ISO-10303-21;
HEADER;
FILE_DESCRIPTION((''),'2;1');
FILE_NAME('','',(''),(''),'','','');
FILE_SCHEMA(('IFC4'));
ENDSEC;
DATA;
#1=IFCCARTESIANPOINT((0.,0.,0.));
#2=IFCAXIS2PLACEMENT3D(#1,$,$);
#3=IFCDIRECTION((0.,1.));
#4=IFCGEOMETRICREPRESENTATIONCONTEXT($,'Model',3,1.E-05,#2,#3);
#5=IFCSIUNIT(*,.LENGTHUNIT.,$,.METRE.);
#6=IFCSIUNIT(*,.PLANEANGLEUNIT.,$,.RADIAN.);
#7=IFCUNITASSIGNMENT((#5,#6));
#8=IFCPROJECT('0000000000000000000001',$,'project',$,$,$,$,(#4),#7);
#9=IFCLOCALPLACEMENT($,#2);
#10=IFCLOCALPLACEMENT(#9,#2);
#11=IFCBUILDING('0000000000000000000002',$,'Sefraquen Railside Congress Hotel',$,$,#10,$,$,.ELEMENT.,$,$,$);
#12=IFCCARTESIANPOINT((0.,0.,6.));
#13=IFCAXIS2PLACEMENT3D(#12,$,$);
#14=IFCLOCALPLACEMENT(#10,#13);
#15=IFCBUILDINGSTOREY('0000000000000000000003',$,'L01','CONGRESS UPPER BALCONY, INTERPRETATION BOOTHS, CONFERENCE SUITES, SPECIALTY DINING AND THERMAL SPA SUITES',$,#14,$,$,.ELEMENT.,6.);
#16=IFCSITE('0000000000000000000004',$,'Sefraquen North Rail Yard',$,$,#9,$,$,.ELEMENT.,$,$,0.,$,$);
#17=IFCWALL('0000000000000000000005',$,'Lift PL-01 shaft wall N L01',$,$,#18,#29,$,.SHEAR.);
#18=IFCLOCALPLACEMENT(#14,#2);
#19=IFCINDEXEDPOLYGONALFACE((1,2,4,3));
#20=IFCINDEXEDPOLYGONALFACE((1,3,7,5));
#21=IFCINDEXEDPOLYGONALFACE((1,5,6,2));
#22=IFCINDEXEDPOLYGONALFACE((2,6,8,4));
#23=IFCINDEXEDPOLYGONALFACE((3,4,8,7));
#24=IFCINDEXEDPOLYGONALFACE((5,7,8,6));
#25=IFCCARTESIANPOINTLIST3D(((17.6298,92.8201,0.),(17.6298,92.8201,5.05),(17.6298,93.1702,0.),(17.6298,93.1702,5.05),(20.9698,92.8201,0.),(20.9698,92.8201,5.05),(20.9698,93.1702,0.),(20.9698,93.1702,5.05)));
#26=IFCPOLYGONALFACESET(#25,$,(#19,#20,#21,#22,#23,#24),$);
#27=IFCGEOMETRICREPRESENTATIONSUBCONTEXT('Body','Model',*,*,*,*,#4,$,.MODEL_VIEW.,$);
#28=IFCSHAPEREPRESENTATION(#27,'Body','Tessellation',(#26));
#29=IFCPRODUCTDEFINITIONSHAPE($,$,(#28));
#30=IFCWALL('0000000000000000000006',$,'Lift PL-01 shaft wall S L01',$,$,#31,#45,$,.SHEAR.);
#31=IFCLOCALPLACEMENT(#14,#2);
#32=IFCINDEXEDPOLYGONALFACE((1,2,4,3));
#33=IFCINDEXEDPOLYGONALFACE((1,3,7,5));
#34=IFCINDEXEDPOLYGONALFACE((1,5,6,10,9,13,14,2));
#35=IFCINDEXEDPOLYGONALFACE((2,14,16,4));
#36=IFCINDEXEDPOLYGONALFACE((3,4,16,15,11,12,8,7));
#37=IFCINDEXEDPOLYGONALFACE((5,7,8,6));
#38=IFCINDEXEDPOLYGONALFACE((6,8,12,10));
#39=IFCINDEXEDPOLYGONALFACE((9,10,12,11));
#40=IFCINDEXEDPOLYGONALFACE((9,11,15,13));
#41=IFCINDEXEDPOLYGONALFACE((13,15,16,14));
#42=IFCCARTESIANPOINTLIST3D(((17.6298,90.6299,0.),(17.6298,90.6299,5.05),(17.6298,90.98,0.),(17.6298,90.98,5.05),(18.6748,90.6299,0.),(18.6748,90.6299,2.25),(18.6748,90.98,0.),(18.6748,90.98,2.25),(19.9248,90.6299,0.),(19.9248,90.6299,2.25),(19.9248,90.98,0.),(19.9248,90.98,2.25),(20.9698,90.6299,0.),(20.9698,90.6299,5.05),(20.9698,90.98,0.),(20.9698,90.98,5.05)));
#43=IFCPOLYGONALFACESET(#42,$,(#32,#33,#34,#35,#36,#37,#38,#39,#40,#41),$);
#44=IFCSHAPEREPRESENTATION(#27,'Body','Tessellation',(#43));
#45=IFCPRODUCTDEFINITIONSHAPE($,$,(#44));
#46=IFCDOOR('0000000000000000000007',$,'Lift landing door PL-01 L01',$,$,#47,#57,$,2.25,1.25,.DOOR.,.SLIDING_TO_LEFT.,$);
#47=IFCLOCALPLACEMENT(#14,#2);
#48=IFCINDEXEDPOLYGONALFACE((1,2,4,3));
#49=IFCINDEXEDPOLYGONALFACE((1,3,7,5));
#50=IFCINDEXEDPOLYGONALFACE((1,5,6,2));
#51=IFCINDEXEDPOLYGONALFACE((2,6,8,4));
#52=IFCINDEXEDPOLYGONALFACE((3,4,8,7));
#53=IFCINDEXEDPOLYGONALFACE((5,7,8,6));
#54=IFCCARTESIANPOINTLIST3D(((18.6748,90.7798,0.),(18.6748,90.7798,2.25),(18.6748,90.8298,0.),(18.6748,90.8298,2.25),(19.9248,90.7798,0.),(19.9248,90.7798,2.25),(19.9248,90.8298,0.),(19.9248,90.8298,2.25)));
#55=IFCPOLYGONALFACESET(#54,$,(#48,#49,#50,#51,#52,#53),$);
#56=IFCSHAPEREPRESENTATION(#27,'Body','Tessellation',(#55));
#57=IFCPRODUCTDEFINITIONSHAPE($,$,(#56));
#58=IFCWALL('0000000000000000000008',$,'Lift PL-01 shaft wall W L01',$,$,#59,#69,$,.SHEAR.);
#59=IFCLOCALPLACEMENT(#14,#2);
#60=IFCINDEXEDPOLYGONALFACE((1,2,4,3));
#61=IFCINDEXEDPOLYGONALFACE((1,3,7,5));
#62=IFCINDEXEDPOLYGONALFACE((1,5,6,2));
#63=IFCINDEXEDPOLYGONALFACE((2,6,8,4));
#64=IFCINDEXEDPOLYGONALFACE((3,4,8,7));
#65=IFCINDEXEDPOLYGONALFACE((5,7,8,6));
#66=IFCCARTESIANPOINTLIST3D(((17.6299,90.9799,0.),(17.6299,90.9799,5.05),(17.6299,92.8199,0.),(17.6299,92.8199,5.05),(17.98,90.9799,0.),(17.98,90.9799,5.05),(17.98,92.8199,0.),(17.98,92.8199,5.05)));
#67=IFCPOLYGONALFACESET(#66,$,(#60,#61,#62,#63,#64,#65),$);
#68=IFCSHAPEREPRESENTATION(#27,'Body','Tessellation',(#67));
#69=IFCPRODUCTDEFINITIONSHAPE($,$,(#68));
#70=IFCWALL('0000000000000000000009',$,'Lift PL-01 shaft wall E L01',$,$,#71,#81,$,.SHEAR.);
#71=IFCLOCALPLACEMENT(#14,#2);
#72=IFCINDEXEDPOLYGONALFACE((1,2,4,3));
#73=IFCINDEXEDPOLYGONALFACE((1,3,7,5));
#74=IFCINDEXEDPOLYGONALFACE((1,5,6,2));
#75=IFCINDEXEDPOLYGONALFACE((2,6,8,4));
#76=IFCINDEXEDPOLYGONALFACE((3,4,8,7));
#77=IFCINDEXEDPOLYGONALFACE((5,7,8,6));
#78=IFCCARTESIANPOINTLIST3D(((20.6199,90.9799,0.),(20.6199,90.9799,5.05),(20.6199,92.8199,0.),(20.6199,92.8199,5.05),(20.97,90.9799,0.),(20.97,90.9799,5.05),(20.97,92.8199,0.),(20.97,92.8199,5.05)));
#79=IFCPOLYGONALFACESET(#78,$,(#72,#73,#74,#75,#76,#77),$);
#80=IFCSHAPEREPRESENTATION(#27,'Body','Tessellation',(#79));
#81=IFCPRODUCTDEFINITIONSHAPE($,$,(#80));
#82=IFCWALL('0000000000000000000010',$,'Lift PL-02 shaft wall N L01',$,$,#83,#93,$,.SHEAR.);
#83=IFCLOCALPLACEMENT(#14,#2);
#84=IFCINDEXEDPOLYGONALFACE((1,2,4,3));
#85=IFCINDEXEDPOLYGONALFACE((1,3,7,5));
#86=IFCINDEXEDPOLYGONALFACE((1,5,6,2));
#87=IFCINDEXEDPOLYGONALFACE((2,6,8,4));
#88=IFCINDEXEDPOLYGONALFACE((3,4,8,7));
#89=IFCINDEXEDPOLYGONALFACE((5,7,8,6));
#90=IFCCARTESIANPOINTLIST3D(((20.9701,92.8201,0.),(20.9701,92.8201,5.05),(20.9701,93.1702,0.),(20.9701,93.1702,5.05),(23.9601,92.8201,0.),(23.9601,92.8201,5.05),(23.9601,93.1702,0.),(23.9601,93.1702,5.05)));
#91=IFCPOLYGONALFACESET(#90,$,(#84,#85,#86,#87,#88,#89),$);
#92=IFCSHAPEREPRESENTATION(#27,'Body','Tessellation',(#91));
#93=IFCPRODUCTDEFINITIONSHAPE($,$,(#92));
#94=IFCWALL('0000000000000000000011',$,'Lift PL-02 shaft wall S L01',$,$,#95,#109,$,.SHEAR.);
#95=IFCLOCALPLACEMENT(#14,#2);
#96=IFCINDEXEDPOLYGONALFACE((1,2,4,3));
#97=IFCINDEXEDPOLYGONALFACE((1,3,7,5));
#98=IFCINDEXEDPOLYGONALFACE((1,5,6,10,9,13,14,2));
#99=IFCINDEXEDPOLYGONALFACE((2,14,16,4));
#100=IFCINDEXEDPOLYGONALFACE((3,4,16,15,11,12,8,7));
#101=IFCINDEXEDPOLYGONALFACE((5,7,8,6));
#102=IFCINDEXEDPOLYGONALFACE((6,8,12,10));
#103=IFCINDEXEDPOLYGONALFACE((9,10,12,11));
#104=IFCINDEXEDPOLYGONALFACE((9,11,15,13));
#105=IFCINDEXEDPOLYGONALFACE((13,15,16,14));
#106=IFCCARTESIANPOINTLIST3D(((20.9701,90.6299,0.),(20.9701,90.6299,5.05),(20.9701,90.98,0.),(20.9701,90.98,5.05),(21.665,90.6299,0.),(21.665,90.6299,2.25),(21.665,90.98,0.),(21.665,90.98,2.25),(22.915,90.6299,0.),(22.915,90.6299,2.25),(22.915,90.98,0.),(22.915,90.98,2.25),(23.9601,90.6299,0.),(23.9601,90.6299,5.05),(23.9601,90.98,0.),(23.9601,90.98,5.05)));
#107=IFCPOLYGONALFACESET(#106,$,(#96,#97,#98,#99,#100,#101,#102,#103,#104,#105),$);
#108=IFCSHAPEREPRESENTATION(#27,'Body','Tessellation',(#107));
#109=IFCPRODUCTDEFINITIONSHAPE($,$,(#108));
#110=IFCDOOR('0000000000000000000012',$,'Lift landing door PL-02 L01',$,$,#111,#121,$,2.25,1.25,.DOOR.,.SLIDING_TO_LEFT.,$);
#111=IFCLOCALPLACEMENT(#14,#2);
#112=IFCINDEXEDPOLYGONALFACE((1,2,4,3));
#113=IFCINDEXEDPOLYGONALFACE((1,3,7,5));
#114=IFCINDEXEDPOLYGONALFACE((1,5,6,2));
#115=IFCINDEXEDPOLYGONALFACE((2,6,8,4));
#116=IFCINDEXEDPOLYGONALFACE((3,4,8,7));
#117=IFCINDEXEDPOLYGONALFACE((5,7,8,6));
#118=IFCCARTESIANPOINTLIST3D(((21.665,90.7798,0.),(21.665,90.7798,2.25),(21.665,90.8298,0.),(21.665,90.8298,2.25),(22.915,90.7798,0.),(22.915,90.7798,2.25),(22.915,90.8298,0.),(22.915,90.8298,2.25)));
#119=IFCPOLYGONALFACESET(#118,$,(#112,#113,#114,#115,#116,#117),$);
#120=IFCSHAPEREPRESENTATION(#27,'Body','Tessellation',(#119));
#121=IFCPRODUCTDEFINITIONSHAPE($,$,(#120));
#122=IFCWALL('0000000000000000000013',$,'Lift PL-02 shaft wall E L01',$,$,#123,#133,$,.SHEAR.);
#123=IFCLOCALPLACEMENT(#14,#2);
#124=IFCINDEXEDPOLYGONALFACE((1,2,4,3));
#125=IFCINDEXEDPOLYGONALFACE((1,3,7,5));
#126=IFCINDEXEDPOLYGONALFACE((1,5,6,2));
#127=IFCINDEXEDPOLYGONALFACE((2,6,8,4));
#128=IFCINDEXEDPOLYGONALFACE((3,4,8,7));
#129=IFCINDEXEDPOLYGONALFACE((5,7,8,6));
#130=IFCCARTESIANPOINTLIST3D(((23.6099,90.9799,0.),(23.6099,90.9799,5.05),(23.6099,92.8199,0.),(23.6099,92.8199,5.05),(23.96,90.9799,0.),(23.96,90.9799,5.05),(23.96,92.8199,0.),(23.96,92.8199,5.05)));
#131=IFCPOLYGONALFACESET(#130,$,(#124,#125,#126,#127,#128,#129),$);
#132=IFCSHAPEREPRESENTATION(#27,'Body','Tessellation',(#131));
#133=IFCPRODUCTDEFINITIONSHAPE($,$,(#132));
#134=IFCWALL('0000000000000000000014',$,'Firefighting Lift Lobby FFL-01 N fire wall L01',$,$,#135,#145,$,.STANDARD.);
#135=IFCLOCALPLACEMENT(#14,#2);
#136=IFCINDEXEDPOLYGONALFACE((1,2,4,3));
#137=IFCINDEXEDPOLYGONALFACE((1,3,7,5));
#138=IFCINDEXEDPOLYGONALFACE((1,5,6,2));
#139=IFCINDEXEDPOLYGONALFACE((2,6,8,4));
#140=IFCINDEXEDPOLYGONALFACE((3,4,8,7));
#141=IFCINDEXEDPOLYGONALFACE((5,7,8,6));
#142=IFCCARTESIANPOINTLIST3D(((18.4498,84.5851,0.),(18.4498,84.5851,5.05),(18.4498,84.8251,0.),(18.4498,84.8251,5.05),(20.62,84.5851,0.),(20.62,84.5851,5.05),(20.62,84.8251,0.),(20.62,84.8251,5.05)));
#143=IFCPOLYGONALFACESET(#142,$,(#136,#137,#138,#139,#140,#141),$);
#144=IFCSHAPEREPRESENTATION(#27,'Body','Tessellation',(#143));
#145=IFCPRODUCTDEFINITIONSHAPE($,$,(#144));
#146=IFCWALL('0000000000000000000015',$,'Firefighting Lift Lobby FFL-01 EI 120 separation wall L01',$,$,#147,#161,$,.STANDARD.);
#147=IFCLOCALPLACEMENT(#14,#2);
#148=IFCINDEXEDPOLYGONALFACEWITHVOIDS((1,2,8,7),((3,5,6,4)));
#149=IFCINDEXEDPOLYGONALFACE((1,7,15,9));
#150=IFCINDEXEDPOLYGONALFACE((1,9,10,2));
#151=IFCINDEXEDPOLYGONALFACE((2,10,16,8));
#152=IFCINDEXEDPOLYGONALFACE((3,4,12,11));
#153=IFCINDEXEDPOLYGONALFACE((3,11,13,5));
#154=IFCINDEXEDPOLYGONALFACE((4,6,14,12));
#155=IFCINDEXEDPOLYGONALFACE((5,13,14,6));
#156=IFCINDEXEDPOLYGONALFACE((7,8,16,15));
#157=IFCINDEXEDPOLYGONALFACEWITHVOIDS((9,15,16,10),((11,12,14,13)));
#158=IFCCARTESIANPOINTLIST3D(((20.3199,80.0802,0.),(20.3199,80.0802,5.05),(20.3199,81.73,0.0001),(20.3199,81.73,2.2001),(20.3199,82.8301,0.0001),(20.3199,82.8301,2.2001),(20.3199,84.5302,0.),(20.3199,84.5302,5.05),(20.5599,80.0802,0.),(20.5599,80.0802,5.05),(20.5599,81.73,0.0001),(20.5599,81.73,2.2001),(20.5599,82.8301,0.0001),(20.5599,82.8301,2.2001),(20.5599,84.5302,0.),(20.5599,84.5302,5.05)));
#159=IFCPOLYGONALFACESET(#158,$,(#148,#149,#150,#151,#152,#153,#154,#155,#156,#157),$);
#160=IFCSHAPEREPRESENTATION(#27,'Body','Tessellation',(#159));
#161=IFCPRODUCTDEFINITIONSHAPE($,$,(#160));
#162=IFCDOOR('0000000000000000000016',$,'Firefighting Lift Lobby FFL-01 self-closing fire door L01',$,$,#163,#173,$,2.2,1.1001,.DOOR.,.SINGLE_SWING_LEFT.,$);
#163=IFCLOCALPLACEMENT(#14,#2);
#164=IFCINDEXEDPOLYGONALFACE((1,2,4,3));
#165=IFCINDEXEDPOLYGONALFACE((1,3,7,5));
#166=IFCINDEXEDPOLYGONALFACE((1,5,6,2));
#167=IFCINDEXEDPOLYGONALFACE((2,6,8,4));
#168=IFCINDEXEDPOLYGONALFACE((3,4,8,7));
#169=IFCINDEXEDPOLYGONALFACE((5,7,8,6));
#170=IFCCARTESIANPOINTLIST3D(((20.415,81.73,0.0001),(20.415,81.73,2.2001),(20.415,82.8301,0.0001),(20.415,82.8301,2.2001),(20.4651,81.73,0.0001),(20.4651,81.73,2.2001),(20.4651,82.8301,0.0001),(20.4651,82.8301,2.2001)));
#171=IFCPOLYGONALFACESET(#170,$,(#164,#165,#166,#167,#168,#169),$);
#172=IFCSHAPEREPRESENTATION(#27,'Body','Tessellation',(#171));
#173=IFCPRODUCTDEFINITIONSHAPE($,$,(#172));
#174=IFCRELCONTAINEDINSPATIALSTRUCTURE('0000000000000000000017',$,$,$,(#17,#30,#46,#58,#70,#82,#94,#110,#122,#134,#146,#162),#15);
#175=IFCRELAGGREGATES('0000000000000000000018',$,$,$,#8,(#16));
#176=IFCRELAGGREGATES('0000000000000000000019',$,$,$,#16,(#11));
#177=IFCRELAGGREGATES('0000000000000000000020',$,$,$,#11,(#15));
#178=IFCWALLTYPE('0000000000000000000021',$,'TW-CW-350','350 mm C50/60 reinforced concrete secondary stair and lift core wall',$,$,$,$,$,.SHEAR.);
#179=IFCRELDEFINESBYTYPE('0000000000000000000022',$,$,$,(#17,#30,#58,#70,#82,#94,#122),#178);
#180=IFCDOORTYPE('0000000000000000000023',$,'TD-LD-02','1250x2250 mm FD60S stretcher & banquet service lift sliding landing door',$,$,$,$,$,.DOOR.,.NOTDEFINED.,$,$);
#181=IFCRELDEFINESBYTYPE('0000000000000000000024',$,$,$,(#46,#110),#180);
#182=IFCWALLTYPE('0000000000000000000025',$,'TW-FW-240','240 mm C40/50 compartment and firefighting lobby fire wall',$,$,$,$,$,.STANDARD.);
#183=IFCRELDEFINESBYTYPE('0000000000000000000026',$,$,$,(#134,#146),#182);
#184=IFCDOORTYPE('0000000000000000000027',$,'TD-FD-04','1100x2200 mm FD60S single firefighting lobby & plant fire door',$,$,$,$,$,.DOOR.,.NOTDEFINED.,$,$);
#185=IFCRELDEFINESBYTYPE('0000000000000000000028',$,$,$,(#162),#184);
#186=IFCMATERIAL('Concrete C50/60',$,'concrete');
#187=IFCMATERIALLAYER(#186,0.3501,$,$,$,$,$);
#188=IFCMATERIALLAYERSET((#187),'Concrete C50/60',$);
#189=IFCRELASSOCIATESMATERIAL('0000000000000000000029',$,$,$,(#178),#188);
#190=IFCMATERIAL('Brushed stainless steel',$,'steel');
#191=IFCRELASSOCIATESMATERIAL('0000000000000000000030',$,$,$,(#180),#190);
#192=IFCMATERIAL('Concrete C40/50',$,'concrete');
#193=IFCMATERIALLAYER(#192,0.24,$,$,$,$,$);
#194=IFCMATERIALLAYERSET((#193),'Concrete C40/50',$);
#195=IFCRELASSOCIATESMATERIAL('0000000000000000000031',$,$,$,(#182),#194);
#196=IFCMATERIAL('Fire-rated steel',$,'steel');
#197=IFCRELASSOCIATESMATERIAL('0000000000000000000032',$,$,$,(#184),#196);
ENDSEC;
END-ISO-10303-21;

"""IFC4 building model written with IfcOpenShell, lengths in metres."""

from ifc_helpers import new_model, si_unit, direction, frame, frame_2d, origin, place, context, subcontext, project, spatial, rectangle, extrude, material, layer, layer_set, type_object, element, fill, save


model = new_model("IFC4")

# Units and contexts
model_context = context("Model", 3, precision=1e-05, world=origin(), true_north=direction((0.0, 1.0)))
body_context = subcontext(model_context, "Body", "Model", "MODEL_VIEW")
ifc_project = project(units=[si_unit("LENGTHUNIT", "METRE"), si_unit("PLANEANGLEUNIT", "RADIAN")], contexts=[model_context])

# Site, building, storey
site_placement = place(None, origin())
site = spatial("IfcSite", under=ifc_project, at=site_placement, Name="Sefraquen North Rail Yard", CompositionType="ELEMENT", RefElevation=0.0)
building_placement = place(site_placement, origin())
building = spatial("IfcBuilding", under=site, at=building_placement, Name="Sefraquen Railside Congress Hotel", CompositionType="ELEMENT")
storey_placement = place(building_placement, frame((0.0, 0.0, 6.0)))
storey = spatial("IfcBuildingStorey", under=building, at=storey_placement, Name="L01", Description="CONGRESS UPPER BALCONY, INTERPRETATION BOOTHS, CONFERENCE SUITES, SPECIALTY DINING AND THERMAL SPA SUITES", CompositionType="ELEMENT", Elevation=6.0)

# Wall
ifc_material_1 = material(Name="Concrete C50/60", Category="concrete")
ifc_layer_1 = layer(ifc_material_1, 0.3501)
ifc_layer_set_1 = layer_set([ifc_layer_1], Name="Concrete C50/60")
wall_type_1 = type_object("IfcWallType", Name="TW-CW-350", Description="350 mm C50/60 reinforced concrete secondary stair and lift core wall", PredefinedType="SHEAR", material=ifc_layer_set_1)
wall_1_placement = place(storey_placement, frame((17.6299, 92.9951, 0.0), z_axis=(0.0, 0.0, 1.0), x_axis=(1.0, 0.0, 0.0)))
element("IfcWall", 1, at=wall_1_placement, inside=storey, type_object=wall_type_1, Name="Lift PL-01 shaft wall N L01", PredefinedType="SHEAR", context=body_context, shape_type="SweptSolid", body=[
    extrude(rectangle(XDim=3.3401, YDim=0.3501, at=frame_2d((1.6699, 0.0))), origin(), (0.0, 0.0, 1.0), 5.05),
])

# Wall, opening, door
wall_2_placement = place(storey_placement, frame((17.6299, 90.8049, 0.0), z_axis=(0.0, 0.0, 1.0), x_axis=(1.0, 0.0, 0.0)))
wall_2 = element("IfcWall", 2, at=wall_2_placement, inside=storey, type_object=wall_type_1, Name="Lift PL-01 shaft wall S L01", PredefinedType="SHEAR", context=body_context, shape_type="SweptSolid", body=[
    extrude(rectangle(XDim=3.3401, YDim=0.3501, at=frame_2d((1.6699, 0.0))), origin(), (0.0, 0.0, 1.0), 5.05),
])
opening_1_placement = place(wall_2_placement, frame((1.0449, 0.0, 0.0)))
opening_1 = element("IfcOpeningElement", 3, at=opening_1_placement, cuts=wall_2, PredefinedType="OPENING", context=body_context, shape_type="SweptSolid", body=[
    extrude(rectangle(XDim=1.25, YDim=2.25, at=frame_2d((0.625, 1.125))), frame((0.0, 0.1851, 0.0), z_axis=(0.0, -1.0, 0.0), x_axis=(1.0, 0.0, 0.0)), (0.0, 0.0, 1.0), 0.3701),
])
ifc_material_2 = material(Name="Brushed stainless steel", Category="steel")
door_type_1 = type_object("IfcDoorType", Name="TD-LD-02", Description="1250x2250 mm FD60S stretcher & banquet service lift sliding landing door", OperationType="NOTDEFINED", PredefinedType="DOOR", material=ifc_material_2)
door_1_placement = place(opening_1_placement, origin())
door_1 = element("IfcDoor", 4, at=door_1_placement, inside=storey, type_object=door_type_1, Name="Lift landing door PL-01 L01", OperationType="SLIDING_TO_LEFT", OverallHeight=2.25, OverallWidth=1.25, PredefinedType="DOOR", context=body_context, shape_type="SweptSolid", body=[
    extrude(rectangle(XDim=1.25, YDim=2.25, at=frame_2d((0.625, 1.125))), frame((0.0, 0.0249, 0.0), z_axis=(0.0, -1.0, 0.0), x_axis=(1.0, 0.0, 0.0)), (0.0, 0.0, 1.0), 0.05),
])
fill(opening_1, door_1)

# Walls
for number, where, z_axis, x_axis, name in (
    (5, (17.8049, 90.98, 0.0), (0.0, 0.0, 1.0), (0.0, 1.0, 0.0), "Lift PL-01 shaft wall W L01"),
    (6, (20.7949, 90.98, 0.0), (0.0, 0.0, 1.0), (0.0, 1.0, 0.0), "Lift PL-01 shaft wall E L01"),
):
    element("IfcWall", number, at=place(storey_placement, frame(where, z_axis=z_axis, x_axis=x_axis)), inside=storey, type_object=wall_type_1, Name=name, PredefinedType="SHEAR", context=body_context, shape_type="SweptSolid", body=[
        extrude(rectangle(XDim=1.8401, YDim=0.3501, at=frame_2d((0.9199, 0.0))), origin(), (0.0, 0.0, 1.0), 5.05),
    ])
wall_3_placement = place(storey_placement, frame((20.97, 92.9951, 0.0), z_axis=(0.0, 0.0, 1.0), x_axis=(1.0, 0.0, 0.0)))
element("IfcWall", 7, at=wall_3_placement, inside=storey, type_object=wall_type_1, Name="Lift PL-02 shaft wall N L01", PredefinedType="SHEAR", context=body_context, shape_type="SweptSolid", body=[
    extrude(rectangle(XDim=2.99, YDim=0.3501, at=frame_2d((1.4951, 0.0))), origin(), (0.0, 0.0, 1.0), 5.05),
])

# Wall, opening, door
wall_4_placement = place(storey_placement, frame((20.97, 90.8049, 0.0), z_axis=(0.0, 0.0, 1.0), x_axis=(1.0, 0.0, 0.0)))
wall_4 = element("IfcWall", 8, at=wall_4_placement, inside=storey, type_object=wall_type_1, Name="Lift PL-02 shaft wall S L01", PredefinedType="SHEAR", context=body_context, shape_type="SweptSolid", body=[
    extrude(rectangle(XDim=2.99, YDim=0.3501, at=frame_2d((1.4951, 0.0))), origin(), (0.0, 0.0, 1.0), 5.05),
])
opening_2_placement = place(wall_4_placement, frame((0.6951, 0.0, 0.0)))
opening_2 = element("IfcOpeningElement", 9, at=opening_2_placement, cuts=wall_4, PredefinedType="OPENING", context=body_context, shape_type="SweptSolid", body=[
    extrude(rectangle(XDim=1.25, YDim=2.25, at=frame_2d((0.625, 1.125))), frame((0.0, 0.1851, 0.0), z_axis=(0.0, -1.0, 0.0), x_axis=(1.0, 0.0, 0.0)), (0.0, 0.0, 1.0), 0.3701),
])
door_2_placement = place(opening_2_placement, origin())
door_2 = element("IfcDoor", 10, at=door_2_placement, inside=storey, type_object=door_type_1, Name="Lift landing door PL-02 L01", OperationType="SLIDING_TO_LEFT", OverallHeight=2.25, OverallWidth=1.25, PredefinedType="DOOR", context=body_context, shape_type="SweptSolid", body=[
    extrude(rectangle(XDim=1.25, YDim=2.25, at=frame_2d((0.625, 1.125))), frame((0.0, 0.0249, 0.0), z_axis=(0.0, -1.0, 0.0), x_axis=(1.0, 0.0, 0.0)), (0.0, 0.0, 1.0), 0.05),
])
fill(opening_2, door_2)

# Walls
wall_5_placement = place(storey_placement, frame((23.7849, 90.98, 0.0), z_axis=(0.0, 0.0, 1.0), x_axis=(0.0, 1.0, 0.0)))
element("IfcWall", 11, at=wall_5_placement, inside=storey, type_object=wall_type_1, Name="Lift PL-02 shaft wall E L01", PredefinedType="SHEAR", context=body_context, shape_type="SweptSolid", body=[
    extrude(rectangle(XDim=1.8401, YDim=0.3501, at=frame_2d((0.9199, 0.0))), origin(), (0.0, 0.0, 1.0), 5.05),
])
ifc_material_3 = material(Name="Concrete C40/50", Category="concrete")
ifc_layer_2 = layer(ifc_material_3, 0.24)
ifc_layer_set_2 = layer_set([ifc_layer_2], Name="Concrete C40/50")
wall_type_2 = type_object("IfcWallType", Name="TW-FW-240", Description="240 mm C40/50 compartment and firefighting lobby fire wall", PredefinedType="STANDARD", material=ifc_layer_set_2)
wall_6_placement = place(storey_placement, frame((18.45, 84.7051, 0.0), z_axis=(0.0, 0.0, 1.0), x_axis=(1.0, 0.0, 0.0)))
element("IfcWall", 12, at=wall_6_placement, inside=storey, type_object=wall_type_2, Name="Firefighting Lift Lobby FFL-01 N fire wall L01", PredefinedType="STANDARD", context=body_context, shape_type="SweptSolid", body=[
    extrude(rectangle(XDim=2.1702, YDim=0.24, at=frame_2d((1.085, 0.0))), origin(), (0.0, 0.0, 1.0), 5.05),
])

# Wall, opening, door
wall_7_placement = place(storey_placement, frame((20.4399, 80.0801, 0.0), z_axis=(0.0, 0.0, 1.0), x_axis=(0.0, 1.0, 0.0)))
wall_7 = element("IfcWall", 13, at=wall_7_placement, inside=storey, type_object=wall_type_2, Name="Firefighting Lift Lobby FFL-01 EI 120 separation wall L01", PredefinedType="STANDARD", context=body_context, shape_type="SweptSolid", body=[
    extrude(rectangle(XDim=4.45, YDim=0.24, at=frame_2d((2.2251, 0.0))), origin(), (0.0, 0.0, 1.0), 5.05),
])
opening_3_placement = place(wall_7_placement, frame((1.6499, 0.0, 0.0)))
opening_3 = element("IfcOpeningElement", 14, at=opening_3_placement, cuts=wall_7, PredefinedType="OPENING", context=body_context, shape_type="SweptSolid", body=[
    extrude(rectangle(XDim=1.1001, YDim=2.2, at=frame_2d((0.55, 1.1001))), frame((0.0, 0.1299, 0.0), z_axis=(0.0, -1.0, 0.0), x_axis=(1.0, 0.0, 0.0)), (0.0, 0.0, 1.0), 0.26),
])
ifc_material_4 = material(Name="Fire-rated steel", Category="steel")
door_type_2 = type_object("IfcDoorType", Name="TD-FD-04", Description="1100x2200 mm FD60S single firefighting lobby & plant fire door", OperationType="NOTDEFINED", PredefinedType="DOOR", material=ifc_material_4)
door_3_placement = place(opening_3_placement, origin())
door_3 = element("IfcDoor", 15, at=door_3_placement, inside=storey, type_object=door_type_2, Name="Firefighting Lift Lobby FFL-01 self-closing fire door L01", OperationType="SINGLE_SWING_LEFT", OverallHeight=2.2, OverallWidth=1.1001, PredefinedType="DOOR", context=body_context, shape_type="SweptSolid", body=[
    extrude(rectangle(XDim=1.1001, YDim=2.2, at=frame_2d((0.55, 1.1001))), frame((0.0, 0.0249, 0.0), z_axis=(0.0, -1.0, 0.0), x_axis=(1.0, 0.0, 0.0)), (0.0, 0.0, 1.0), 0.05),
])
fill(opening_3, door_3)

save(model, "model.ifc")
